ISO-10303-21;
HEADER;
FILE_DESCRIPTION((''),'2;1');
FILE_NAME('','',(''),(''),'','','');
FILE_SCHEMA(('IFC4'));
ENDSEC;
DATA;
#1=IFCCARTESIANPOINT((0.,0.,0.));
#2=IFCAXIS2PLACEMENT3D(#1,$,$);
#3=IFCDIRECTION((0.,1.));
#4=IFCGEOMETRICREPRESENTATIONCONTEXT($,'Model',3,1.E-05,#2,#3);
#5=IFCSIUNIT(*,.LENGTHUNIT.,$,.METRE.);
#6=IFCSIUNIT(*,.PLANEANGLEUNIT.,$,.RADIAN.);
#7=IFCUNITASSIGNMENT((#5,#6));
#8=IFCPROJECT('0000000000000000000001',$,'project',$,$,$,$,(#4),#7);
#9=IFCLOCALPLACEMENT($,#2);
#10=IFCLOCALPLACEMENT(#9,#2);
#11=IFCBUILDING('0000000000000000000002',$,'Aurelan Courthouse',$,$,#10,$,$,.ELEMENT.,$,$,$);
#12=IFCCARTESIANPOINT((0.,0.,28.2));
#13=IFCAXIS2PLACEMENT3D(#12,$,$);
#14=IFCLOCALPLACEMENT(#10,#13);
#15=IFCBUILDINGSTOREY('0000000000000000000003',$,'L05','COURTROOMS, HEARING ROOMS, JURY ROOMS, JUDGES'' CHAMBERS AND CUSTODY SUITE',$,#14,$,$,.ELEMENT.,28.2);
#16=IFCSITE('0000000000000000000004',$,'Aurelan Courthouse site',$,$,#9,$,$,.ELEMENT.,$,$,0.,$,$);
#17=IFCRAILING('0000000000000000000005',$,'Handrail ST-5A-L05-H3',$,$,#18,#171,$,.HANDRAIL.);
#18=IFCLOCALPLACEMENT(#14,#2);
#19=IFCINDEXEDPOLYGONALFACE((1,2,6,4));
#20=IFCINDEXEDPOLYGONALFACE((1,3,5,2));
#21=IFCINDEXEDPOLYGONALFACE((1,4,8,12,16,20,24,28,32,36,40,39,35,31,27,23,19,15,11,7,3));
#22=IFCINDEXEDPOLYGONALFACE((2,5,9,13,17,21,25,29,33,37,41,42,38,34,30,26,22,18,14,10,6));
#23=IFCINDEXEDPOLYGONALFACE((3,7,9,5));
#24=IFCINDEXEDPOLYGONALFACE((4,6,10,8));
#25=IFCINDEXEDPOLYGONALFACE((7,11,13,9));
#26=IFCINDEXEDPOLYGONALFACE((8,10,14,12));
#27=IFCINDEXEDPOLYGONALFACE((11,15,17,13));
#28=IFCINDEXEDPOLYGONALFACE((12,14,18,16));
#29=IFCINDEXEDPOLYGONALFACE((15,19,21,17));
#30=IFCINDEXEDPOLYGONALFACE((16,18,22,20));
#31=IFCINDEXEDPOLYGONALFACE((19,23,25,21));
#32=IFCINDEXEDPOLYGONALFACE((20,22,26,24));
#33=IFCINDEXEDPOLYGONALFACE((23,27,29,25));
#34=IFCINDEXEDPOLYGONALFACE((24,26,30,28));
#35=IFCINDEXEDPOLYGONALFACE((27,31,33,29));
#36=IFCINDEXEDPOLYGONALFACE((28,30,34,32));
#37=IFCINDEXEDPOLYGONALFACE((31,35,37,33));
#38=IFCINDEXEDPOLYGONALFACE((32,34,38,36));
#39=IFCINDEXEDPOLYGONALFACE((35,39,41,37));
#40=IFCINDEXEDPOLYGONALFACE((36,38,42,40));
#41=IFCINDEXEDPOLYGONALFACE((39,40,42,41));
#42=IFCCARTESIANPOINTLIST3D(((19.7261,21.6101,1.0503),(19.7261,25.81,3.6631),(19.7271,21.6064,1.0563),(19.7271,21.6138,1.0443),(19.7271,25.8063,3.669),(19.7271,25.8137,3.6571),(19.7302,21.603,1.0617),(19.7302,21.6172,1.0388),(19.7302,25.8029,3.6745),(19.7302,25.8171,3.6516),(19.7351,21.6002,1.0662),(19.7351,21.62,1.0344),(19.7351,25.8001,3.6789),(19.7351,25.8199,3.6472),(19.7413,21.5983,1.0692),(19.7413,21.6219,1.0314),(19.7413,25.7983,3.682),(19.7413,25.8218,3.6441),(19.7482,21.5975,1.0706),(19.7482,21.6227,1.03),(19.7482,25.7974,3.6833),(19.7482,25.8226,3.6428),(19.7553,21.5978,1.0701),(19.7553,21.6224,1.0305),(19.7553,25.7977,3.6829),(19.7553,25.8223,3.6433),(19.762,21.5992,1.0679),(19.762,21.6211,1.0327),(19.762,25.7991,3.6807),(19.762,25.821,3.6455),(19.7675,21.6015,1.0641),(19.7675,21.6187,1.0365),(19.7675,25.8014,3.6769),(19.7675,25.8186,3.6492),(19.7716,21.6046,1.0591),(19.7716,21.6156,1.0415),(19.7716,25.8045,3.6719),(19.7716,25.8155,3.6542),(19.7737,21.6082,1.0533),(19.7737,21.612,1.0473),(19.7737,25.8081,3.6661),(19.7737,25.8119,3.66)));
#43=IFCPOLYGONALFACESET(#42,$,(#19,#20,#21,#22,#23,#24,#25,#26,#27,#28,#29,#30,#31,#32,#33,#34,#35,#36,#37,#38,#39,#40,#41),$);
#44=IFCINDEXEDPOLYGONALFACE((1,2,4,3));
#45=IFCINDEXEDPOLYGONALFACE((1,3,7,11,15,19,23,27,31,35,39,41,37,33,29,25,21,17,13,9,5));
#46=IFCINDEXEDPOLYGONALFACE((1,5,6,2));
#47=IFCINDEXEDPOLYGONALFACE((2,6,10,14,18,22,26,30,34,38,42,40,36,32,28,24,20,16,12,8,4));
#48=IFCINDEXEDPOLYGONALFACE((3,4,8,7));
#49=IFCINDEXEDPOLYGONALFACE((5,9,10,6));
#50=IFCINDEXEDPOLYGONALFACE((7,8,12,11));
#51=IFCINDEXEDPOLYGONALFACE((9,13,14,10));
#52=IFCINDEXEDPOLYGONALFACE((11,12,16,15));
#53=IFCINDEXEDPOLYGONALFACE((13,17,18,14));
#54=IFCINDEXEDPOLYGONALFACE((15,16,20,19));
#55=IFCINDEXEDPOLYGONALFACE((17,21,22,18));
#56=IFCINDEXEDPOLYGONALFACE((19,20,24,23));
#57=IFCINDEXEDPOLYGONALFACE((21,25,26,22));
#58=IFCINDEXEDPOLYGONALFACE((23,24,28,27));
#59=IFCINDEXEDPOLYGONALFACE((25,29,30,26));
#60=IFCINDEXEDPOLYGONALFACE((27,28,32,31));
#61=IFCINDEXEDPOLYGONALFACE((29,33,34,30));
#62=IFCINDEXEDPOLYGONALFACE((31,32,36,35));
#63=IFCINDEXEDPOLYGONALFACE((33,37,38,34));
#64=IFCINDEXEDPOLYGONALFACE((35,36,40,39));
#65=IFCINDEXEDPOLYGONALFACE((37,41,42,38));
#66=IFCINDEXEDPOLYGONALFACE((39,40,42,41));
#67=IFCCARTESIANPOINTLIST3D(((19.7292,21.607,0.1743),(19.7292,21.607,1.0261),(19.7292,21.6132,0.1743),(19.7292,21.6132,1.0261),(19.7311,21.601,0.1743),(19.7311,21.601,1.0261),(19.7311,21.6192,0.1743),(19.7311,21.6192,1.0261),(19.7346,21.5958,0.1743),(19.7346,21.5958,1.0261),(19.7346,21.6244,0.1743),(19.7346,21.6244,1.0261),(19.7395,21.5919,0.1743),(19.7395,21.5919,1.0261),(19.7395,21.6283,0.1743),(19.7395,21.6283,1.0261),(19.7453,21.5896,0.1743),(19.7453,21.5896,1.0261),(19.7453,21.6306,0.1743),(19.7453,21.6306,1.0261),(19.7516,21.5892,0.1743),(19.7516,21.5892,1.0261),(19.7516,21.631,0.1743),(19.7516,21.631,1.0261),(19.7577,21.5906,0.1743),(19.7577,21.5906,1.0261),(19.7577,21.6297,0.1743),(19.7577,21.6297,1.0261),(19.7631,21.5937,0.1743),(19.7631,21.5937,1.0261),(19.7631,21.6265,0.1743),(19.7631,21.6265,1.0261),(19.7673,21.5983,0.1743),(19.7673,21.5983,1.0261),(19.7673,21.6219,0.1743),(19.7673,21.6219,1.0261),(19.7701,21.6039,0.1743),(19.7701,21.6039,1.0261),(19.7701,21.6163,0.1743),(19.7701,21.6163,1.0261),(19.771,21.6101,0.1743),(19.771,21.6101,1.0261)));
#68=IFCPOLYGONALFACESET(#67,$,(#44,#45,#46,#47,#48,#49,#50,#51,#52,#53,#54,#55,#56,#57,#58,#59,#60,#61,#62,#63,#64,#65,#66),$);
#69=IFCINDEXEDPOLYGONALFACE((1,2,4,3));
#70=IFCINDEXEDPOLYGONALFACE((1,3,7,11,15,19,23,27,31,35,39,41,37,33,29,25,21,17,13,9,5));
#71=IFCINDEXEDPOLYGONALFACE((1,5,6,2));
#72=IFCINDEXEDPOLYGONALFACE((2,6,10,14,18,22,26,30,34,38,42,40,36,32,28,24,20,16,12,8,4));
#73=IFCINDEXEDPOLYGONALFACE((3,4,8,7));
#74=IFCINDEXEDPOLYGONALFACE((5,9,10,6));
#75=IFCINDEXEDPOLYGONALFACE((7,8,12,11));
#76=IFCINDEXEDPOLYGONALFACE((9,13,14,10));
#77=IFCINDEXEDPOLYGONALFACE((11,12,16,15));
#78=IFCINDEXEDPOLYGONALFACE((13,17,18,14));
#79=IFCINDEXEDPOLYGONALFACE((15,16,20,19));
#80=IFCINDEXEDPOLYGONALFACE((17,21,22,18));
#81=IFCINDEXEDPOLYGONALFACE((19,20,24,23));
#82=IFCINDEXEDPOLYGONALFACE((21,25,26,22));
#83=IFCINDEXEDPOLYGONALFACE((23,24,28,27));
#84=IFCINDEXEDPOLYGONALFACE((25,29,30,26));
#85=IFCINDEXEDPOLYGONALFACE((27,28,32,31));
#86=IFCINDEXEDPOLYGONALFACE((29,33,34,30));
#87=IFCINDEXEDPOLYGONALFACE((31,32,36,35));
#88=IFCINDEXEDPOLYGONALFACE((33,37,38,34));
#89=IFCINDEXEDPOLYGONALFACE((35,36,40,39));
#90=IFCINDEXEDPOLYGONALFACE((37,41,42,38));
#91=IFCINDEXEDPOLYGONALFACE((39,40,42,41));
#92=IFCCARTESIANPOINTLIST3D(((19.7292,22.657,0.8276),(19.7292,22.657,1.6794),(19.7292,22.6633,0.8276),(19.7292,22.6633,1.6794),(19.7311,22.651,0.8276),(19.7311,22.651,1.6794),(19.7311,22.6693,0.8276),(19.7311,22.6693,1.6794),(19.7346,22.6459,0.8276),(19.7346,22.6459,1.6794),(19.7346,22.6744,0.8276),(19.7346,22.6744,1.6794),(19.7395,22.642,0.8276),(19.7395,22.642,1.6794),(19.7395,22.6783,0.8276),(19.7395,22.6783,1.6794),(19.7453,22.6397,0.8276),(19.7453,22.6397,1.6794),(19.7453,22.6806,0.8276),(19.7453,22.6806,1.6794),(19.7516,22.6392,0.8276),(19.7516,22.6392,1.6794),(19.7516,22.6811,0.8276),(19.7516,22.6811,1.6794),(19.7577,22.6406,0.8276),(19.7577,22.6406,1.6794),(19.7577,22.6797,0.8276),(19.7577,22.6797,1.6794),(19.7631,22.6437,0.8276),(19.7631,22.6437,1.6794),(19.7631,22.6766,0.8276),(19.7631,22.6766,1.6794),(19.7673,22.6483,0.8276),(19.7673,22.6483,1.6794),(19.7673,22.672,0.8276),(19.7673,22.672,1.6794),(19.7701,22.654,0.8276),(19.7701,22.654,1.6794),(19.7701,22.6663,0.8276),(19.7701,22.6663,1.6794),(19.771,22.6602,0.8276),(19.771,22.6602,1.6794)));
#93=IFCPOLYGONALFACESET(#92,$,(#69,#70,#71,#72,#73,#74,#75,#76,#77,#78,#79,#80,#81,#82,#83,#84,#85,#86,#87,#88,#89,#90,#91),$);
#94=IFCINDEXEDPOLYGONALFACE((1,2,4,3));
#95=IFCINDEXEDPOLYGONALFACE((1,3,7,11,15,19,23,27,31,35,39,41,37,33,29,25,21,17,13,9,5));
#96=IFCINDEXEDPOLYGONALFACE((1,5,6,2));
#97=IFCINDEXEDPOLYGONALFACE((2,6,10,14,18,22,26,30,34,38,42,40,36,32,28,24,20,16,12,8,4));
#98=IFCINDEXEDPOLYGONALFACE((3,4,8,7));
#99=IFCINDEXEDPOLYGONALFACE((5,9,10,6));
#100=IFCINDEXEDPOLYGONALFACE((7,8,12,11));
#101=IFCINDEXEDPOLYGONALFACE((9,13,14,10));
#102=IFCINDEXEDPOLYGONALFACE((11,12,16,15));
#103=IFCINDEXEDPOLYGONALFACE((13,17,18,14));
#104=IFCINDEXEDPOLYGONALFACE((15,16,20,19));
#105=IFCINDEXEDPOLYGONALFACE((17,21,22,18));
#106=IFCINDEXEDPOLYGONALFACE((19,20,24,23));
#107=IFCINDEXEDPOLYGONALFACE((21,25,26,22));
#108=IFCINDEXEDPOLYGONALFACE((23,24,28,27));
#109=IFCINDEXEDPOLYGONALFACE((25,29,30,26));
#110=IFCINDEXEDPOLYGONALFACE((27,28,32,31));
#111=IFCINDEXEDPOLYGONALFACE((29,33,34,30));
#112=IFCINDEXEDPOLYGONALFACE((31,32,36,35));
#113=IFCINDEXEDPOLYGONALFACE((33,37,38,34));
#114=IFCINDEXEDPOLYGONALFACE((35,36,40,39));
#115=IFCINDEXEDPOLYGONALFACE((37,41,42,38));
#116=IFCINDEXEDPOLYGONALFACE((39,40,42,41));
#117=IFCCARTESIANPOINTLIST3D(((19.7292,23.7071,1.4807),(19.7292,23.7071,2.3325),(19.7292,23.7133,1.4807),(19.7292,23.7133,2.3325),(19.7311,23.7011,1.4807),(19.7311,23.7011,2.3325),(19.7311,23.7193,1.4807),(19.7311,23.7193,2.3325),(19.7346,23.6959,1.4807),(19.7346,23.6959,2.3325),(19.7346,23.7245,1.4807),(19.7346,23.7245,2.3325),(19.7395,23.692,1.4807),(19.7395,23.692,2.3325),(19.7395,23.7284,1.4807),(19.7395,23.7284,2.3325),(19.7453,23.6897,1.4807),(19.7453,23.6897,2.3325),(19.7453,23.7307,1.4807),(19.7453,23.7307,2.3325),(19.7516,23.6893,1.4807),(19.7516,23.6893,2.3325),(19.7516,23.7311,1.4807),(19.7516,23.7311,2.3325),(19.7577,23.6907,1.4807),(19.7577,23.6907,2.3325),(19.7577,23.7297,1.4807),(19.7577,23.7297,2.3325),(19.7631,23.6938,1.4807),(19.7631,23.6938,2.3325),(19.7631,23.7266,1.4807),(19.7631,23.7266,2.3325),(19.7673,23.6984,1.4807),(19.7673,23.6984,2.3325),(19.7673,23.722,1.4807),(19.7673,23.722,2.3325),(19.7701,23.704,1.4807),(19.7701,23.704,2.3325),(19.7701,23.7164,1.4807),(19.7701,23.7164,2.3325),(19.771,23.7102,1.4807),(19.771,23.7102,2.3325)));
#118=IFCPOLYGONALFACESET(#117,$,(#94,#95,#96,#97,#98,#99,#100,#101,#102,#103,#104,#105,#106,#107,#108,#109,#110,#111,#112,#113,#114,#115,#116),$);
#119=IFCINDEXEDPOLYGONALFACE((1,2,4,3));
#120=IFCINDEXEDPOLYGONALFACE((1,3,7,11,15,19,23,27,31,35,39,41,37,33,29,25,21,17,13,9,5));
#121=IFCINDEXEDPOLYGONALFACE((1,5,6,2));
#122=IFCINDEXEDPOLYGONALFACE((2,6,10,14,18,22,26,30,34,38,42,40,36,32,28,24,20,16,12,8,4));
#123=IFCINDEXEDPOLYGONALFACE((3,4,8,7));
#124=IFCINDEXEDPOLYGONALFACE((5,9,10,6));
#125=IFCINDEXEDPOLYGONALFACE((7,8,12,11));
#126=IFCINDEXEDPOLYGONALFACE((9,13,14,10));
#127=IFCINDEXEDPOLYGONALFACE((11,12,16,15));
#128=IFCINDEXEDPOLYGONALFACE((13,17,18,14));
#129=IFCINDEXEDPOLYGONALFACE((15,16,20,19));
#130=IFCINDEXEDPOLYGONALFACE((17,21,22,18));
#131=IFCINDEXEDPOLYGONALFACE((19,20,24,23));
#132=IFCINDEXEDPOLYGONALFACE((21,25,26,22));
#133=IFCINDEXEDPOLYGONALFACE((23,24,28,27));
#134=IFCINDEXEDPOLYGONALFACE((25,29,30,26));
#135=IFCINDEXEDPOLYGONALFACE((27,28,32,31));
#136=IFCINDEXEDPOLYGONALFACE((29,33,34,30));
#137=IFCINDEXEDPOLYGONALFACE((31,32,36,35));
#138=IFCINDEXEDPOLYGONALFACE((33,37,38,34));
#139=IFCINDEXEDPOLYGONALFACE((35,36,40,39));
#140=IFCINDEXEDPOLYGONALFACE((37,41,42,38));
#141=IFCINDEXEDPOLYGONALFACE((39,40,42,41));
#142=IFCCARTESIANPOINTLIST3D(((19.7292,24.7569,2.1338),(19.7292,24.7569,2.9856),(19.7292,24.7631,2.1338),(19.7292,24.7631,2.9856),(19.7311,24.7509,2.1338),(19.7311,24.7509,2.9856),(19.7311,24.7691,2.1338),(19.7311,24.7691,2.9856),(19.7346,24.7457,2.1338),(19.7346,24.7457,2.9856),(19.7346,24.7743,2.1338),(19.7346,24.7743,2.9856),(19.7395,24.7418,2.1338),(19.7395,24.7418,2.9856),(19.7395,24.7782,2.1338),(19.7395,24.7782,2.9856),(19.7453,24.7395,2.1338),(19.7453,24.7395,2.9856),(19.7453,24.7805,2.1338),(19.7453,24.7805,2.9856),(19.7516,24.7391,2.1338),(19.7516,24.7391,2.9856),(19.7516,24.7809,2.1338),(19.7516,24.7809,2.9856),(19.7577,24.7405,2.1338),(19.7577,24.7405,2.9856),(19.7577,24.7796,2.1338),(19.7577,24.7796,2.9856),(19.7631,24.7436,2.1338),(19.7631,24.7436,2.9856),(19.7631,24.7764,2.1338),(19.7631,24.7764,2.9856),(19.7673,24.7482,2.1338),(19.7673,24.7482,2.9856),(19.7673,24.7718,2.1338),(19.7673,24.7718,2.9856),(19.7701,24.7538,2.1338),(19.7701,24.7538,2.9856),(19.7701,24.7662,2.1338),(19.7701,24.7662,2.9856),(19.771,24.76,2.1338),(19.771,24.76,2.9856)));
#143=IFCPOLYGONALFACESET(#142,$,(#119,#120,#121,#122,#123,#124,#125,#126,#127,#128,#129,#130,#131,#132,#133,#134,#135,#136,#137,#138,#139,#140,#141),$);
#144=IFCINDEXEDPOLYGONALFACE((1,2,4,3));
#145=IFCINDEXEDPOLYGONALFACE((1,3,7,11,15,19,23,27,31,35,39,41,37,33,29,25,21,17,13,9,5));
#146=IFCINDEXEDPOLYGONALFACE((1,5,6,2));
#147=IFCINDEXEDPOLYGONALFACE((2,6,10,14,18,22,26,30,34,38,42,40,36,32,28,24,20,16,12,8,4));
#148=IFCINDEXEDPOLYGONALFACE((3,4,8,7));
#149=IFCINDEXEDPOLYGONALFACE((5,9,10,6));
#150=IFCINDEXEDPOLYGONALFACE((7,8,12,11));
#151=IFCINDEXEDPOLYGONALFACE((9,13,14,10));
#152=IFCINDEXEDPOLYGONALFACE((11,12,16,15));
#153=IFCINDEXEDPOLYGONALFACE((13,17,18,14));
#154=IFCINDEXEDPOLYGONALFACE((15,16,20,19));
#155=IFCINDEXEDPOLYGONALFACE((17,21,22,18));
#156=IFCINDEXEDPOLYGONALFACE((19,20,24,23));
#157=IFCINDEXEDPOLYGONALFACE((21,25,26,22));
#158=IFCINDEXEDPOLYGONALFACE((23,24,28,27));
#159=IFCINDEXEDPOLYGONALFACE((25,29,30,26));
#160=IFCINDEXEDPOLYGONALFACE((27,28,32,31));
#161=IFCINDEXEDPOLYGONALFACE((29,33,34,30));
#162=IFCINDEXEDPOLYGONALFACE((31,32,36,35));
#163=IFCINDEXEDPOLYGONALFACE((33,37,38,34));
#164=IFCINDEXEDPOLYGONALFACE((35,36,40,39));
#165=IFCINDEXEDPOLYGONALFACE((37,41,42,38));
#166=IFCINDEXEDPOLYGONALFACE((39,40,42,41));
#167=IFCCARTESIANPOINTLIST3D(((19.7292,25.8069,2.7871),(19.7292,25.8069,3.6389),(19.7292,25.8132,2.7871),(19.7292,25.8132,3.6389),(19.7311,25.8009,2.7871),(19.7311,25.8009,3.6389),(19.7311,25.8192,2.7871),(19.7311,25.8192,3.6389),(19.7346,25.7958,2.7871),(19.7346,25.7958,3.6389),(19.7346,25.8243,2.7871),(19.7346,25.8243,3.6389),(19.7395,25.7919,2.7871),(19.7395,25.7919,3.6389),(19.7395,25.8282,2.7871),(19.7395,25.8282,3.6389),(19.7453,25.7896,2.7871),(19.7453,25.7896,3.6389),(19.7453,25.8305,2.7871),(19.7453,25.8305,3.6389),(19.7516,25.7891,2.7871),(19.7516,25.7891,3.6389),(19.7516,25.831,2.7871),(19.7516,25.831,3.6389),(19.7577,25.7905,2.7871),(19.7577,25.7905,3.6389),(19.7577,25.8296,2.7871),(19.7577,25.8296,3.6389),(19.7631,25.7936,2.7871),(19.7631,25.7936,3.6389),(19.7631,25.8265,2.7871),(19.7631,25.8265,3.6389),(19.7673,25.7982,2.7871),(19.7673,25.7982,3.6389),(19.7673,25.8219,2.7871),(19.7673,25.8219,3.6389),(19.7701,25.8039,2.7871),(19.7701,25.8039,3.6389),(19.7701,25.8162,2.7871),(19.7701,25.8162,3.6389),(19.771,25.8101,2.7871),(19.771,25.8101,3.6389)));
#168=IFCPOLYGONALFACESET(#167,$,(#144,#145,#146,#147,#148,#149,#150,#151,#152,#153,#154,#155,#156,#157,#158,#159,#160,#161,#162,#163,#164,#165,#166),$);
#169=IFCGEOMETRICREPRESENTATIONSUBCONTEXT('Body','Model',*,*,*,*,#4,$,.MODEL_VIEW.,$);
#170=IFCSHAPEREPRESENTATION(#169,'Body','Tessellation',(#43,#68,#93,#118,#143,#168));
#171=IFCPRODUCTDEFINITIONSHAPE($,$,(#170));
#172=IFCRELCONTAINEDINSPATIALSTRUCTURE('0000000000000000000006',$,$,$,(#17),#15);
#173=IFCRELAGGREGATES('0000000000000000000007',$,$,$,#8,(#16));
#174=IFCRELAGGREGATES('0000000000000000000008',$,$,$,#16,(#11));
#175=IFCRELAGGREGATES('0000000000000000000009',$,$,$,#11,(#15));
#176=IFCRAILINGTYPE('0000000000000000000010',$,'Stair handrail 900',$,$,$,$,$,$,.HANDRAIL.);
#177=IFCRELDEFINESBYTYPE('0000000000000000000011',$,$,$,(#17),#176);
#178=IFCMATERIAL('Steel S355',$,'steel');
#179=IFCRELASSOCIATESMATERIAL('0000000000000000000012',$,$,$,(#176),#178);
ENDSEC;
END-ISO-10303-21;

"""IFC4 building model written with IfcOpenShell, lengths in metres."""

from ifc_helpers import new_model, si_unit, direction, frame, origin, origin_2d, place, context, subcontext, project, spatial, circle, extrude, material, type_object, element, save


model = new_model("IFC4")

# Units and contexts
model_context = context("Model", 3, precision=1e-05, world=origin(), true_north=direction((0.0, 1.0)))
body_context = subcontext(model_context, "Body", "Model", "MODEL_VIEW")
ifc_project = project(units=[si_unit("LENGTHUNIT", "METRE"), si_unit("PLANEANGLEUNIT", "RADIAN")], contexts=[model_context])

# Site, building, storey
site_placement = place(None, origin())
site = spatial("IfcSite", under=ifc_project, at=site_placement, Name="Aurelan Courthouse site", CompositionType="ELEMENT", RefElevation=0.0)
building_placement = place(site_placement, origin())
building = spatial("IfcBuilding", under=site, at=building_placement, Name="Aurelan Courthouse", CompositionType="ELEMENT")
storey_placement = place(building_placement, frame((0.0, 0.0, 28.2)))
storey = spatial("IfcBuildingStorey", under=building, at=storey_placement, Name="L05", Description="COURTROOMS, HEARING ROOMS, JURY ROOMS, JUDGES' CHAMBERS AND CUSTODY SUITE", CompositionType="ELEMENT", Elevation=28.2)

# Railing
ifc_material_1 = material(Name="Steel S355", Category="steel")
railing_type_1 = type_object("IfcRailingType", Name="Stair handrail 900", PredefinedType="HANDRAIL", material=ifc_material_1)
for number, where, name in (
    (1, (19.75, 21.6101, 0.1743), "Handrail ST-5A-L05-H3"),
):
    element("IfcRailing", number, at=place(storey_placement, frame(where)), inside=storey, type_object=railing_type_1, Name=name, PredefinedType="HANDRAIL", context=body_context, shape_type="SweptSolid", body=[
        extrude(circle(Radius=0.0239, at=origin_2d()), frame((0.0, 0.0, 0.876), z_axis=(0.0, 0.849103, 0.528228), x_axis=(-1.0, 0.0, 0.0)), (0.0, 0.0, 1.0), 4.9463),
        extrude(circle(Radius=0.021, at=origin_2d()), origin(), (0.0, 0.0, 1.0), 0.8518),
        extrude(circle(Radius=0.021, at=origin_2d()), frame((0.0, 1.05, 0.6533)), (0.0, 0.0, 1.0), 0.8518),
        extrude(circle(Radius=0.021, at=origin_2d()), frame((0.0, 2.1001, 1.3064)), (0.0, 0.0, 1.0), 0.8518),
        extrude(circle(Radius=0.021, at=origin_2d()), frame((0.0, 3.1499, 1.9595)), (0.0, 0.0, 1.0), 0.8518),
        extrude(circle(Radius=0.021, at=origin_2d()), frame((0.0, 4.2, 2.6128)), (0.0, 0.0, 1.0), 0.8518),
    ])

save(model, "model.ifc")
